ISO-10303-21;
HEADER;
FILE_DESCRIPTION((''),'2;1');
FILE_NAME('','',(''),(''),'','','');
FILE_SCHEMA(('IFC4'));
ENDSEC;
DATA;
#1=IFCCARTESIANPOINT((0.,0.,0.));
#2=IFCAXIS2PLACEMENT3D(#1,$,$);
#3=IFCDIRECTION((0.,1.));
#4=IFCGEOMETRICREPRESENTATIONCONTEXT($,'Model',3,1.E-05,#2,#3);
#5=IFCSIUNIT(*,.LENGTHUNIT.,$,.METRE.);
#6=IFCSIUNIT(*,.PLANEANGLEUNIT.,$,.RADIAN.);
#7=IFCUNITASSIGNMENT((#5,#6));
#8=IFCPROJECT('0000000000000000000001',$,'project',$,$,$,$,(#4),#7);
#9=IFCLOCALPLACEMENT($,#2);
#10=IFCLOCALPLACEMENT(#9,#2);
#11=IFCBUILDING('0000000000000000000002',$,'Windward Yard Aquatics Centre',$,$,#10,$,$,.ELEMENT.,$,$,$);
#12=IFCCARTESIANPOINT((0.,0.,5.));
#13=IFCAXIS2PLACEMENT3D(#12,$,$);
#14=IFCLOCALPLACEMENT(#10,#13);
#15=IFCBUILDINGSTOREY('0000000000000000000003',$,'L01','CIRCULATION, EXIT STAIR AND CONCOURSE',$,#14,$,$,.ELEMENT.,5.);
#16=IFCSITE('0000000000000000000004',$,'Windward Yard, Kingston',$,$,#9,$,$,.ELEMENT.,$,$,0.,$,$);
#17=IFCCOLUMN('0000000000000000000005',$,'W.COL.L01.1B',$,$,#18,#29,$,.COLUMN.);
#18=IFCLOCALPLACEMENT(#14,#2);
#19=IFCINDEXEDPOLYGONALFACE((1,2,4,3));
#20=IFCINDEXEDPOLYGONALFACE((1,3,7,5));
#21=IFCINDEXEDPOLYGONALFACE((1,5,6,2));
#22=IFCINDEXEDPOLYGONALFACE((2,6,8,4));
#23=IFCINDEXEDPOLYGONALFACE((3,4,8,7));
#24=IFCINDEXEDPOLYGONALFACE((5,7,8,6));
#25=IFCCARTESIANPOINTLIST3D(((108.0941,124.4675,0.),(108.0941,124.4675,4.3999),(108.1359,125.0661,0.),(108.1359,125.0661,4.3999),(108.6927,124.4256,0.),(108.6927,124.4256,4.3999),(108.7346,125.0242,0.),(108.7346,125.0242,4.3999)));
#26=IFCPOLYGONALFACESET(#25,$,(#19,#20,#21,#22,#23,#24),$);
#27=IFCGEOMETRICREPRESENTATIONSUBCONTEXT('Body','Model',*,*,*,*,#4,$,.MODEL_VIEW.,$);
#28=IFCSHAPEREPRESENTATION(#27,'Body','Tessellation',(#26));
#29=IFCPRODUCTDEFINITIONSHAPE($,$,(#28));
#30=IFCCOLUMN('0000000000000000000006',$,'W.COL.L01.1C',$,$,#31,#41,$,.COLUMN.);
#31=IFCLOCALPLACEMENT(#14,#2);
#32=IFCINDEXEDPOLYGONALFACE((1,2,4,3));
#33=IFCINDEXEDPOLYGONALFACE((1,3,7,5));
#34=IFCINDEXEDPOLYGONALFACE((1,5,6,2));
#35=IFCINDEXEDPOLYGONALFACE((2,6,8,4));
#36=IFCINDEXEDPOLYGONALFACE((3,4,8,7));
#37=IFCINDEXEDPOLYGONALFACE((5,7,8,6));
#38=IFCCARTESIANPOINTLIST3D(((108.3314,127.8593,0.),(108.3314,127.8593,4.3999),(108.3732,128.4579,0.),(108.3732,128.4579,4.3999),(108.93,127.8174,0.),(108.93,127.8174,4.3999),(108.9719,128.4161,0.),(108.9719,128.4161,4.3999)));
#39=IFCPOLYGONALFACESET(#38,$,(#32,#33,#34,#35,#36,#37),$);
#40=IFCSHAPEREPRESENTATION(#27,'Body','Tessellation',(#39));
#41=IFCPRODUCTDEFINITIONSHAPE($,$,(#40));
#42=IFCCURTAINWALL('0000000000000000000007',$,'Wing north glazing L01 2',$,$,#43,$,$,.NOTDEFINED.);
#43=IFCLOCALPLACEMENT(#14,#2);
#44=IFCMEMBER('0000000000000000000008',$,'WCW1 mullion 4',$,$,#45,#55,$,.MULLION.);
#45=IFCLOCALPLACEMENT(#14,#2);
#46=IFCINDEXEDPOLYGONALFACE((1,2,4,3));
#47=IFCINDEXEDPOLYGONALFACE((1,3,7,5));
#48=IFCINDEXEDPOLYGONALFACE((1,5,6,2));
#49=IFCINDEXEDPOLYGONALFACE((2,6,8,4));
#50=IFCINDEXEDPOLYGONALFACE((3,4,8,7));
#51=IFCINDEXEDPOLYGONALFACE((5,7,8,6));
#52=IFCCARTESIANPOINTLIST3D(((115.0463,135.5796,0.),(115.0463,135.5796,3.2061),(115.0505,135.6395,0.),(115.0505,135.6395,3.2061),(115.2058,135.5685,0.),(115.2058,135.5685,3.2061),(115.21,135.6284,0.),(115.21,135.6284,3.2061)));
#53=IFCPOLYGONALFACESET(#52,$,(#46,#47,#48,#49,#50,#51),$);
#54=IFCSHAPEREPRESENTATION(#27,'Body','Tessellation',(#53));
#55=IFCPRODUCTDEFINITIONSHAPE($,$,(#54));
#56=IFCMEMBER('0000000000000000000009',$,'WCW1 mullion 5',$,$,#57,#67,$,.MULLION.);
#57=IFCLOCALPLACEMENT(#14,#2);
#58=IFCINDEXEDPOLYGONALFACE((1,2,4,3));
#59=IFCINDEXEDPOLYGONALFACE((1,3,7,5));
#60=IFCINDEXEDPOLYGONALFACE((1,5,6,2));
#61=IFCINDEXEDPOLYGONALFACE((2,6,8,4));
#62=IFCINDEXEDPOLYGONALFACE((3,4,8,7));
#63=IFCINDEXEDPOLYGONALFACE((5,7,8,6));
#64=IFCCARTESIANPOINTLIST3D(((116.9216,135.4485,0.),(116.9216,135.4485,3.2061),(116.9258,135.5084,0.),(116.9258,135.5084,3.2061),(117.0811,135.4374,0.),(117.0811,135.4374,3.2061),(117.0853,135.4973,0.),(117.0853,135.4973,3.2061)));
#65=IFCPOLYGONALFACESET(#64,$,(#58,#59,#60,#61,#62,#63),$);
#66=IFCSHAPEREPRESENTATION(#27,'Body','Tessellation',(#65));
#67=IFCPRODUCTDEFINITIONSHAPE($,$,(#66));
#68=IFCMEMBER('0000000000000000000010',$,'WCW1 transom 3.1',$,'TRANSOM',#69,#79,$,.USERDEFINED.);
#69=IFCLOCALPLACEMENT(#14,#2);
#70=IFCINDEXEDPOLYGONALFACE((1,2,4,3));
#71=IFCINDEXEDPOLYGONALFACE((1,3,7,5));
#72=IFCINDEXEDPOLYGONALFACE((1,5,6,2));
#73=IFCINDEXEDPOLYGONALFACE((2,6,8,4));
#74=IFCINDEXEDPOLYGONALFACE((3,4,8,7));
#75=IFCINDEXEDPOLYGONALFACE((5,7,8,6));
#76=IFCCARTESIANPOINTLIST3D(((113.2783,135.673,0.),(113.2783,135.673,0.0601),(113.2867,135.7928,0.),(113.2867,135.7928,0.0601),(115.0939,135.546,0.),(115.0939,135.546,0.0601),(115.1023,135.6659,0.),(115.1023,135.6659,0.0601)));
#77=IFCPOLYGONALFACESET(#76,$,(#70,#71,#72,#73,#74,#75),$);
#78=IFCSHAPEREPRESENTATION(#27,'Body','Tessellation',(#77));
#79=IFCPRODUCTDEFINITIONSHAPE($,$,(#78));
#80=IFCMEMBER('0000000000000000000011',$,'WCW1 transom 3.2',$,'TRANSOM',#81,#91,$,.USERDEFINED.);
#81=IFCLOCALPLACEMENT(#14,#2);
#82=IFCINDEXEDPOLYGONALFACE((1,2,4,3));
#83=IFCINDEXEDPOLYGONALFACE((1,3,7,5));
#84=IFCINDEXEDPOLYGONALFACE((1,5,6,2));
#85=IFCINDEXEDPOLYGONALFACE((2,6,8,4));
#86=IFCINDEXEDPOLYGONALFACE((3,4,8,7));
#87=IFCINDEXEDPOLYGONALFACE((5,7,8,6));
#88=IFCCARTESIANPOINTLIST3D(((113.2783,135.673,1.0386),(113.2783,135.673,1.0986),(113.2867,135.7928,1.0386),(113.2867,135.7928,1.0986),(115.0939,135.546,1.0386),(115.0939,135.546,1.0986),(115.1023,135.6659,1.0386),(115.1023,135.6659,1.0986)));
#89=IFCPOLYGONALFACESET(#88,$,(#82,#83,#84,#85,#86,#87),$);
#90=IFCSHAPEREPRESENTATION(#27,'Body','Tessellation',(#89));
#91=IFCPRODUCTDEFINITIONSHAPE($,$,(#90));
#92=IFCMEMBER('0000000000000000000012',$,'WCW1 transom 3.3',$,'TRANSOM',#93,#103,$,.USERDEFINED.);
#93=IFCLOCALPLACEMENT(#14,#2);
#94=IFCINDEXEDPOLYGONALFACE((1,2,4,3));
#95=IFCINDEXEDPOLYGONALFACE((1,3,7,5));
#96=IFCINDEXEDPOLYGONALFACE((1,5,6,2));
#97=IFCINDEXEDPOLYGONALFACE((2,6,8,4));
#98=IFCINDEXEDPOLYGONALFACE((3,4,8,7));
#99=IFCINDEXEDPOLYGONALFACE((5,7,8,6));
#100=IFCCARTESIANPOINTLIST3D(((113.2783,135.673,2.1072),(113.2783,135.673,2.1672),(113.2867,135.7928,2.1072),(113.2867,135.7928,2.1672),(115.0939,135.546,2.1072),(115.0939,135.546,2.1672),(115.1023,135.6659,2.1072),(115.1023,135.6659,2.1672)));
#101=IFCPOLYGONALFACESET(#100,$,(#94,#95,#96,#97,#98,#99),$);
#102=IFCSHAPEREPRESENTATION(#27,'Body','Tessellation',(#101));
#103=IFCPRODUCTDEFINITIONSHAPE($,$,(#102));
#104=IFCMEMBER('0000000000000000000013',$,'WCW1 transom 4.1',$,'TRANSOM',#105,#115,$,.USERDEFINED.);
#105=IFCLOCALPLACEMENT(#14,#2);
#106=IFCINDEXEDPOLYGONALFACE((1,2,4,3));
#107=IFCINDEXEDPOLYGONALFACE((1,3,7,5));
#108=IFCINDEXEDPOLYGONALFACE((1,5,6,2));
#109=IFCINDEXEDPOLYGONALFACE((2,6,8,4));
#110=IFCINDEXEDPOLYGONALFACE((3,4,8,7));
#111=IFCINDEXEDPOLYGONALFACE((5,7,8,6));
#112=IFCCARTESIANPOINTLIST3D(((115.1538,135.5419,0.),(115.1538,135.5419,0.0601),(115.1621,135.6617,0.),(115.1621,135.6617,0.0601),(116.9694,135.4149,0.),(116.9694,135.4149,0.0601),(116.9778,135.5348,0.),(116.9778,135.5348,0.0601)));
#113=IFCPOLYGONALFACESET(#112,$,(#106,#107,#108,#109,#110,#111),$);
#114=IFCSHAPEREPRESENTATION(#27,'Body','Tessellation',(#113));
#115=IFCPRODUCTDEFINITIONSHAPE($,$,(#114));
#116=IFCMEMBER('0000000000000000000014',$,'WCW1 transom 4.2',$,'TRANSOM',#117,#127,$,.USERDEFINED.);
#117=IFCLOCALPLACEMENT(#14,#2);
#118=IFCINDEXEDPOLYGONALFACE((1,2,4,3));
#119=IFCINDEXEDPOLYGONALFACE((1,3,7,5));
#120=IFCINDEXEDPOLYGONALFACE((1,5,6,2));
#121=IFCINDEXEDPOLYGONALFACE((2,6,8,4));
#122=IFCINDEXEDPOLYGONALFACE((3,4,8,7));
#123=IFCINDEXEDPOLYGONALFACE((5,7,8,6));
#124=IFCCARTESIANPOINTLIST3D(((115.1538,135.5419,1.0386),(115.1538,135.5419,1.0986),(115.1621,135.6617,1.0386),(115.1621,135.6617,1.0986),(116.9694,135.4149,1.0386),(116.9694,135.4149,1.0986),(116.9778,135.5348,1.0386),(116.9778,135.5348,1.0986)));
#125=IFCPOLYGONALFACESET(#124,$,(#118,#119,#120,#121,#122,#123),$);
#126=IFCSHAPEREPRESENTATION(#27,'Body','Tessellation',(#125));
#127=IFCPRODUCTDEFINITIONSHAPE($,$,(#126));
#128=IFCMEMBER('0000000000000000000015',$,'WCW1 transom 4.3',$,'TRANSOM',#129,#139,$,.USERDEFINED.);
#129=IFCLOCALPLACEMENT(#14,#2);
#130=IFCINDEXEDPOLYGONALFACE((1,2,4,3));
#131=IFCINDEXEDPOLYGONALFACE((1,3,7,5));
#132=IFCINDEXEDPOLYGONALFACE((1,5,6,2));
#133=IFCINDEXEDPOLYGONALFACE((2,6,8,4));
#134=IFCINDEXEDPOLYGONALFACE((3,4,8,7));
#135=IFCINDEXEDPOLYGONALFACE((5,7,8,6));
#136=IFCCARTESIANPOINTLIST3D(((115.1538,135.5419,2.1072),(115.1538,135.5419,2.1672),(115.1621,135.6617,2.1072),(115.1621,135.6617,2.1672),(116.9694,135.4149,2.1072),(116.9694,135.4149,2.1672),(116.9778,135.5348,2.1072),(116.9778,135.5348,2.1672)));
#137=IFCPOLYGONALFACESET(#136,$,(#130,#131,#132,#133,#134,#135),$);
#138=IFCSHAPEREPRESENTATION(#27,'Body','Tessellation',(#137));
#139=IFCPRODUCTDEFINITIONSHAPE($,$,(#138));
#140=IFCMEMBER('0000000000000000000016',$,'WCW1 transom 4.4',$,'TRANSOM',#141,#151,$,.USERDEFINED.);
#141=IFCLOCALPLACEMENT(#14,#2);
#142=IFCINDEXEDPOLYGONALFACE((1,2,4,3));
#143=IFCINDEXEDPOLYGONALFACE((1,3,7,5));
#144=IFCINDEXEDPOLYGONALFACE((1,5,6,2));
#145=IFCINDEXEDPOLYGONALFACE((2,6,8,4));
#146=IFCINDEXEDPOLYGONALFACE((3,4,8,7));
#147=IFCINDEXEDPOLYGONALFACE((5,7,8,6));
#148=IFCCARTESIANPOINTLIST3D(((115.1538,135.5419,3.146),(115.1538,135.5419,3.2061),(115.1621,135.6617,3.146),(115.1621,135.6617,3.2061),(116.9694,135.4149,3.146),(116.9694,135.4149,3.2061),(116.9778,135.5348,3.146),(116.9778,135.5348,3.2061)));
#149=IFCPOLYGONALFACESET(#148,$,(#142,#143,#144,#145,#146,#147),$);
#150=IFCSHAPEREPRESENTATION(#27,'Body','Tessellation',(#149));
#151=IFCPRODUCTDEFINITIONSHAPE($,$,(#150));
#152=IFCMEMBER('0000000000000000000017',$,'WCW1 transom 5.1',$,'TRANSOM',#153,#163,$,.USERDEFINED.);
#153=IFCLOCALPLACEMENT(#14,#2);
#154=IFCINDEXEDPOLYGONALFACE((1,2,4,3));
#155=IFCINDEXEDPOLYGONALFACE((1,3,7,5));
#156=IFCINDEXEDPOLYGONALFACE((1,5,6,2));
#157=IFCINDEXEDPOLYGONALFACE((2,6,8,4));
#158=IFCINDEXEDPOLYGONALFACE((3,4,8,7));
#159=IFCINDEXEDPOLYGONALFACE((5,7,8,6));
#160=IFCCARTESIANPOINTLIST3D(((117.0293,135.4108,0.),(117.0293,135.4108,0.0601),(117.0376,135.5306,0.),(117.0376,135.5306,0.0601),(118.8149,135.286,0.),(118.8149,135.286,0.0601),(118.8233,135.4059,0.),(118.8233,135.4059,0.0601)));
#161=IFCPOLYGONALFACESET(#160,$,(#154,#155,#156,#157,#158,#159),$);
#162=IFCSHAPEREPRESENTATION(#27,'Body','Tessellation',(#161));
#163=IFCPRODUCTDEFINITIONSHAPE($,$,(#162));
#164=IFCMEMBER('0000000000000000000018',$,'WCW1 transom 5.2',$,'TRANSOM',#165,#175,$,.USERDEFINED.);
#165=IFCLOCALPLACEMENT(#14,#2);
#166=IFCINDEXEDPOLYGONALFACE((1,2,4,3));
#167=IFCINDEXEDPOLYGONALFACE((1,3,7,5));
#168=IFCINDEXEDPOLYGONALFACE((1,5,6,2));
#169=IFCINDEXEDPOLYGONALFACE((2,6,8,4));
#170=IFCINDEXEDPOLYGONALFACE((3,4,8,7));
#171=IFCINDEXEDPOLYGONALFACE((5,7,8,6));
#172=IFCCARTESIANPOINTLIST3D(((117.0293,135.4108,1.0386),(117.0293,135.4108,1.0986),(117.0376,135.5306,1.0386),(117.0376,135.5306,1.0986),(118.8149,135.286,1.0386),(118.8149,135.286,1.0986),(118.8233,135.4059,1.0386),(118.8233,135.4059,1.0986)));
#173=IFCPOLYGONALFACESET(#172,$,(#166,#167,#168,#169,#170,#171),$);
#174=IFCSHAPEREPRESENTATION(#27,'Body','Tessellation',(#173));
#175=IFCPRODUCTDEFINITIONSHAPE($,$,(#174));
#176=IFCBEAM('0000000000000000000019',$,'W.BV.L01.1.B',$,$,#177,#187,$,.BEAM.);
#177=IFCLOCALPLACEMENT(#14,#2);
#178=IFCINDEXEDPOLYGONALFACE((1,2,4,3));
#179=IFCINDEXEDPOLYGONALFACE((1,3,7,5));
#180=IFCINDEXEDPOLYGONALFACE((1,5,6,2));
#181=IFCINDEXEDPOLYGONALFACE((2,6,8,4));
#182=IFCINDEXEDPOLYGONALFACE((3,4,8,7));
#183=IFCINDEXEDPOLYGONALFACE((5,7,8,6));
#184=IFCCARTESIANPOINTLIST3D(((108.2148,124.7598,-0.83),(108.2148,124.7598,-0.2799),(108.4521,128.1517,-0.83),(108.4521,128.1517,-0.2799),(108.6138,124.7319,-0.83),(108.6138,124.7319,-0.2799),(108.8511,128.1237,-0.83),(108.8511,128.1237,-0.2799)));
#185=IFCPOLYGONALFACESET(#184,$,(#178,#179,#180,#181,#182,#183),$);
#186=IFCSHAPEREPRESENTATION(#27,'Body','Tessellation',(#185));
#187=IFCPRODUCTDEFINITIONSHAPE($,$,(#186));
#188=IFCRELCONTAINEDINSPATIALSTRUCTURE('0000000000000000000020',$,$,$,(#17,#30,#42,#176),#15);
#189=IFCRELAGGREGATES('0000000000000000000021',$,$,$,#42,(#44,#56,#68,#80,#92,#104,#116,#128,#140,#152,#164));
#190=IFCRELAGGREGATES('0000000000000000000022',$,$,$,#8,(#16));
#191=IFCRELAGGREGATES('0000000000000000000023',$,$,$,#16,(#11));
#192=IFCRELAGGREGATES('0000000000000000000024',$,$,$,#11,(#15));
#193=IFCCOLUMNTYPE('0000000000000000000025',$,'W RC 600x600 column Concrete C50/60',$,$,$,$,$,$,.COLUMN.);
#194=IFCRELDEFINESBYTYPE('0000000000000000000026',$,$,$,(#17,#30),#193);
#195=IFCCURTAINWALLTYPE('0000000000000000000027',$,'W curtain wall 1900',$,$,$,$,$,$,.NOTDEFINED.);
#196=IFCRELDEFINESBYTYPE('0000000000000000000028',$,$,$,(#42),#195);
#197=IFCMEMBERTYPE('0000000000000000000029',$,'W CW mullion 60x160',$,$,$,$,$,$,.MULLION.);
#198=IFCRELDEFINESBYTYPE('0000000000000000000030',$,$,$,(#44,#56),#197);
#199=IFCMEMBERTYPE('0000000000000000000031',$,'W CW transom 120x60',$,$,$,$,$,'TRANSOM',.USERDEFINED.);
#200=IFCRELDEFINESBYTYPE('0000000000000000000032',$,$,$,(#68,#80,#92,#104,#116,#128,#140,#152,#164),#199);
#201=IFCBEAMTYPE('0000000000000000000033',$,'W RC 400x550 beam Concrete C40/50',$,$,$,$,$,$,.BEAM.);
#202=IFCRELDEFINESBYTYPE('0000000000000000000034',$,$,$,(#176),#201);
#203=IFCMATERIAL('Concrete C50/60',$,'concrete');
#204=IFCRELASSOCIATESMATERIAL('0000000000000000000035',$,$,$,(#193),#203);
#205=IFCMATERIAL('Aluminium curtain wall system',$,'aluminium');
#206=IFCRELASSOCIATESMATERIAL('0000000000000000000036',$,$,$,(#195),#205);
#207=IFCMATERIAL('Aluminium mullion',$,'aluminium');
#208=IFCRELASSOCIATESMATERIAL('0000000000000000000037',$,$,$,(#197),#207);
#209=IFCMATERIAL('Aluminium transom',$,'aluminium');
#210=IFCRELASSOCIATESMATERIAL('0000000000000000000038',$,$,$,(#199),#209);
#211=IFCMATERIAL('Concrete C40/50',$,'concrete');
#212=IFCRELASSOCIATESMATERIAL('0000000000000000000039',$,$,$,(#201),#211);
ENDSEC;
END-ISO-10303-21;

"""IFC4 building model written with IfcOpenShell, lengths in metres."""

from ifc_helpers import new_model, si_unit, direction, frame, origin, origin_2d, place, context, subcontext, project, spatial, rectangle, extrude, material, material_profile, profile_set, type_object, element, aggregate, save


model = new_model("IFC4")

# Units and contexts
model_context = context("Model", 3, precision=1e-05, world=origin(), true_north=direction((0.0, 1.0)))
body_context = subcontext(model_context, "Body", "Model", "MODEL_VIEW")
ifc_project = project(units=[si_unit("LENGTHUNIT", "METRE"), si_unit("PLANEANGLEUNIT", "RADIAN")], contexts=[model_context])

# Site, building, storey
site_placement = place(None, origin())
site = spatial("IfcSite", under=ifc_project, at=site_placement, Name="Windward Yard, Kingston", CompositionType="ELEMENT", RefElevation=0.0)
building_placement = place(site_placement, origin())
building = spatial("IfcBuilding", under=site, at=building_placement, Name="Windward Yard Aquatics Centre", CompositionType="ELEMENT")
storey_placement = place(building_placement, frame((0.0, 0.0, 5.0)))
storey = spatial("IfcBuildingStorey", under=building, at=storey_placement, Name="L01", Description="CIRCULATION, EXIT STAIR AND CONCOURSE", CompositionType="ELEMENT", Elevation=5.0)

# Columns
ifc_material_1 = material(Name="Concrete C50/60", Category="concrete")
ifc_material_profile_1 = material_profile(ifc_material_1, rectangle(XDim=0.6001, YDim=0.6001, at=origin_2d()), Name="RC 600x600")
ifc_profile_set_1 = profile_set([ifc_material_profile_1], Name="Concrete C50/60")
column_type = type_object("IfcColumnType", Name="W RC 600x600 column Concrete C50/60", PredefinedType="COLUMN", material=ifc_profile_set_1)
for number, where, z_axis, x_axis, name in (
    (1, (108.4143, 124.7458, 0.0), (0.0, 0.0, 1.0), (0.997564, -0.069756, 0.0), "W.COL.L01.1B"),
    (2, (108.6516, 128.1377, 0.0), (0.0, 0.0, 1.0), (0.997564, -0.069756, 0.0), "W.COL.L01.1C"),
):
    element("IfcColumn", number, at=place(storey_placement, frame(where, z_axis=z_axis, x_axis=x_axis)), inside=storey, type_object=column_type, Name=name, PredefinedType="COLUMN", context=body_context, shape_type="SweptSolid", body=[
        extrude(rectangle(XDim=0.6001, YDim=0.6001, at=origin_2d()), origin(), (0.0, 0.0, 1.0), 4.3999),
    ])

# Curtain wall, members
ifc_material_2 = material(Name="Aluminium curtain wall system", Category="aluminium")
curtain_wall_type = type_object("IfcCurtainWallType", Name="W curtain wall 1900", PredefinedType="NOTDEFINED", material=ifc_material_2)
curtain_wall_placement = place(storey_placement, origin())
curtain_wall = element("IfcCurtainWall", 3, at=curtain_wall_placement, inside=storey, type_object=curtain_wall_type, Name="Wing north glazing L01 2", PredefinedType="NOTDEFINED")
ifc_material_3 = material(Name="Aluminium mullion", Category="aluminium")
ifc_material_profile_2 = material_profile(ifc_material_3, rectangle(XDim=0.0601, YDim=0.1599, at=origin_2d()), Name="AL 60x160")
ifc_profile_set_2 = profile_set([ifc_material_profile_2], Name="Aluminium mullion")
member_type_1 = type_object("IfcMemberType", Name="W CW mullion 60x160", PredefinedType="MULLION", material=ifc_profile_set_2)
member_1_placement = place(storey_placement, frame((115.1282, 135.604, 0.0), z_axis=(0.0, 0.0, 1.0), x_axis=(0.069755, 0.997564, 0.0)))
member_1 = element("IfcMember", 4, at=member_1_placement, type_object=member_type_1, Name="WCW1 mullion 4", PredefinedType="MULLION", context=body_context, shape_type="SweptSolid", body=[
    extrude(rectangle(XDim=0.0601, YDim=0.1599, at=origin_2d()), origin(), (0.0, 0.0, 1.0), 3.2061),
])
member_2_placement = place(storey_placement, frame((117.0034, 135.4729, 0.0), z_axis=(0.0, 0.0, 1.0), x_axis=(0.069755, 0.997564, 0.0)))
member_2 = element("IfcMember", 5, at=member_2_placement, type_object=member_type_1, Name="WCW1 mullion 5", PredefinedType="MULLION", context=body_context, shape_type="SweptSolid", body=[
    extrude(rectangle(XDim=0.0601, YDim=0.1599, at=origin_2d()), origin(), (0.0, 0.0, 1.0), 3.2061),
])
ifc_material_4 = material(Name="Aluminium transom", Category="aluminium")
ifc_material_profile_3 = material_profile(ifc_material_4, rectangle(XDim=0.1201, YDim=0.0601, at=origin_2d()), Name="AL 120x60")
ifc_profile_set_3 = profile_set([ifc_material_profile_3], Name="Aluminium transom")
member_type_2 = type_object("IfcMemberType", Name="W CW transom 120x60", ElementType="TRANSOM", PredefinedType="USERDEFINED", material=ifc_profile_set_3)
member_3_placement = place(storey_placement, frame((113.2825, 135.7329, 0.03), z_axis=(0.997564, -0.06975, 0.0), x_axis=(0.06975, 0.997564, 0.0)))
member_3 = element("IfcMember", 6, at=member_3_placement, type_object=member_type_2, Name="WCW1 transom 3.1", ObjectType="TRANSOM", PredefinedType="USERDEFINED", context=body_context, shape_type="SweptSolid", body=[
    extrude(rectangle(XDim=0.1201, YDim=0.0601, at=origin_2d()), origin(), (0.0, 0.0, 1.0), 1.8201),
])
member_4_placement = place(storey_placement, frame((113.2825, 135.7329, 1.0686), z_axis=(0.997564, -0.06975, 0.0), x_axis=(0.06975, 0.997564, 0.0)))
member_4 = element("IfcMember", 7, at=member_4_placement, type_object=member_type_2, Name="WCW1 transom 3.2", ObjectType="TRANSOM", PredefinedType="USERDEFINED", context=body_context, shape_type="SweptSolid", body=[
    extrude(rectangle(XDim=0.1201, YDim=0.0601, at=origin_2d()), origin(), (0.0, 0.0, 1.0), 1.8201),
])
member_5_placement = place(storey_placement, frame((113.2825, 135.7329, 2.1372), z_axis=(0.997564, -0.06975, 0.0), x_axis=(0.06975, 0.997564, 0.0)))
member_5 = element("IfcMember", 8, at=member_5_placement, type_object=member_type_2, Name="WCW1 transom 3.3", ObjectType="TRANSOM", PredefinedType="USERDEFINED", context=body_context, shape_type="SweptSolid", body=[
    extrude(rectangle(XDim=0.1201, YDim=0.0601, at=origin_2d()), origin(), (0.0, 0.0, 1.0), 1.8201),
])
member_6_placement = place(storey_placement, frame((115.158, 135.6018, 0.03), z_axis=(0.997564, -0.06975, 0.0), x_axis=(0.06975, 0.997564, 0.0)))
member_6 = element("IfcMember", 9, at=member_6_placement, type_object=member_type_2, Name="WCW1 transom 4.1", ObjectType="TRANSOM", PredefinedType="USERDEFINED", context=body_context, shape_type="SweptSolid", body=[
    extrude(rectangle(XDim=0.1201, YDim=0.0601, at=origin_2d()), origin(), (0.0, 0.0, 1.0), 1.8201),
])
member_7_placement = place(storey_placement, frame((115.158, 135.6018, 1.0686), z_axis=(0.997564, -0.06975, 0.0), x_axis=(0.06975, 0.997564, 0.0)))
member_7 = element("IfcMember", 10, at=member_7_placement, type_object=member_type_2, Name="WCW1 transom 4.2", ObjectType="TRANSOM", PredefinedType="USERDEFINED", context=body_context, shape_type="SweptSolid", body=[
    extrude(rectangle(XDim=0.1201, YDim=0.0601, at=origin_2d()), origin(), (0.0, 0.0, 1.0), 1.8201),
])
member_8_placement = place(storey_placement, frame((115.158, 135.6018, 2.1372), z_axis=(0.997564, -0.06975, 0.0), x_axis=(0.06975, 0.997564, 0.0)))
member_8 = element("IfcMember", 11, at=member_8_placement, type_object=member_type_2, Name="WCW1 transom 4.3", ObjectType="TRANSOM", PredefinedType="USERDEFINED", context=body_context, shape_type="SweptSolid", body=[
    extrude(rectangle(XDim=0.1201, YDim=0.0601, at=origin_2d()), origin(), (0.0, 0.0, 1.0), 1.8201),
])
member_9_placement = place(storey_placement, frame((115.158, 135.6018, 3.176), z_axis=(0.997564, -0.06975, 0.0), x_axis=(0.06975, 0.997564, 0.0)))
member_9 = element("IfcMember", 12, at=member_9_placement, type_object=member_type_2, Name="WCW1 transom 4.4", ObjectType="TRANSOM", PredefinedType="USERDEFINED", context=body_context, shape_type="SweptSolid", body=[
    extrude(rectangle(XDim=0.1201, YDim=0.0601, at=origin_2d()), origin(), (0.0, 0.0, 1.0), 1.8201),
])
member_10_placement = place(storey_placement, frame((117.0334, 135.4707, 0.03), z_axis=(0.997568, -0.069696, 0.0), x_axis=(0.069696, 0.997568, 0.0)))
member_10 = element("IfcMember", 13, at=member_10_placement, type_object=member_type_2, Name="WCW1 transom 5.1", ObjectType="TRANSOM", PredefinedType="USERDEFINED", context=body_context, shape_type="SweptSolid", body=[
    extrude(rectangle(XDim=0.1201, YDim=0.0601, at=origin_2d()), origin(), (0.0, 0.0, 1.0), 1.79),
])
member_11_placement = place(storey_placement, frame((117.0334, 135.4707, 1.0686), z_axis=(0.997568, -0.069696, 0.0), x_axis=(0.069696, 0.997568, 0.0)))
member_11 = element("IfcMember", 14, at=member_11_placement, type_object=member_type_2, Name="WCW1 transom 5.2", ObjectType="TRANSOM", PredefinedType="USERDEFINED", context=body_context, shape_type="SweptSolid", body=[
    extrude(rectangle(XDim=0.1201, YDim=0.0601, at=origin_2d()), origin(), (0.0, 0.0, 1.0), 1.79),
])

# Beam
ifc_material_5 = material(Name="Concrete C40/50", Category="concrete")
ifc_material_profile_4 = material_profile(ifc_material_5, rectangle(XDim=0.3999, YDim=0.55, at=origin_2d()), Name="RC 400x550")
ifc_profile_set_4 = profile_set([ifc_material_profile_4], Name="Concrete C40/50")
beam_type_1 = type_object("IfcBeamType", Name="W RC 400x550 beam Concrete C40/50", PredefinedType="BEAM", material=ifc_profile_set_4)
beam_1_placement = place(storey_placement, frame((108.4143, 124.7458, -0.5549), z_axis=(0.069793, 0.997562, 0.0), x_axis=(-0.997562, 0.069793, 0.0)))
element("IfcBeam", 15, at=beam_1_placement, inside=storey, type_object=beam_type_1, Name="W.BV.L01.1.B", PredefinedType="BEAM", context=body_context, shape_type="SweptSolid", body=[
    extrude(rectangle(XDim=0.3999, YDim=0.55, at=origin_2d()), origin(), (0.0, 0.0, 1.0), 3.4001),
])

aggregate(curtain_wall, [member_1, member_2, member_3, member_4, member_5, member_6, member_7, member_8, member_9, member_10, member_11])

save(model, "model.ifc")
